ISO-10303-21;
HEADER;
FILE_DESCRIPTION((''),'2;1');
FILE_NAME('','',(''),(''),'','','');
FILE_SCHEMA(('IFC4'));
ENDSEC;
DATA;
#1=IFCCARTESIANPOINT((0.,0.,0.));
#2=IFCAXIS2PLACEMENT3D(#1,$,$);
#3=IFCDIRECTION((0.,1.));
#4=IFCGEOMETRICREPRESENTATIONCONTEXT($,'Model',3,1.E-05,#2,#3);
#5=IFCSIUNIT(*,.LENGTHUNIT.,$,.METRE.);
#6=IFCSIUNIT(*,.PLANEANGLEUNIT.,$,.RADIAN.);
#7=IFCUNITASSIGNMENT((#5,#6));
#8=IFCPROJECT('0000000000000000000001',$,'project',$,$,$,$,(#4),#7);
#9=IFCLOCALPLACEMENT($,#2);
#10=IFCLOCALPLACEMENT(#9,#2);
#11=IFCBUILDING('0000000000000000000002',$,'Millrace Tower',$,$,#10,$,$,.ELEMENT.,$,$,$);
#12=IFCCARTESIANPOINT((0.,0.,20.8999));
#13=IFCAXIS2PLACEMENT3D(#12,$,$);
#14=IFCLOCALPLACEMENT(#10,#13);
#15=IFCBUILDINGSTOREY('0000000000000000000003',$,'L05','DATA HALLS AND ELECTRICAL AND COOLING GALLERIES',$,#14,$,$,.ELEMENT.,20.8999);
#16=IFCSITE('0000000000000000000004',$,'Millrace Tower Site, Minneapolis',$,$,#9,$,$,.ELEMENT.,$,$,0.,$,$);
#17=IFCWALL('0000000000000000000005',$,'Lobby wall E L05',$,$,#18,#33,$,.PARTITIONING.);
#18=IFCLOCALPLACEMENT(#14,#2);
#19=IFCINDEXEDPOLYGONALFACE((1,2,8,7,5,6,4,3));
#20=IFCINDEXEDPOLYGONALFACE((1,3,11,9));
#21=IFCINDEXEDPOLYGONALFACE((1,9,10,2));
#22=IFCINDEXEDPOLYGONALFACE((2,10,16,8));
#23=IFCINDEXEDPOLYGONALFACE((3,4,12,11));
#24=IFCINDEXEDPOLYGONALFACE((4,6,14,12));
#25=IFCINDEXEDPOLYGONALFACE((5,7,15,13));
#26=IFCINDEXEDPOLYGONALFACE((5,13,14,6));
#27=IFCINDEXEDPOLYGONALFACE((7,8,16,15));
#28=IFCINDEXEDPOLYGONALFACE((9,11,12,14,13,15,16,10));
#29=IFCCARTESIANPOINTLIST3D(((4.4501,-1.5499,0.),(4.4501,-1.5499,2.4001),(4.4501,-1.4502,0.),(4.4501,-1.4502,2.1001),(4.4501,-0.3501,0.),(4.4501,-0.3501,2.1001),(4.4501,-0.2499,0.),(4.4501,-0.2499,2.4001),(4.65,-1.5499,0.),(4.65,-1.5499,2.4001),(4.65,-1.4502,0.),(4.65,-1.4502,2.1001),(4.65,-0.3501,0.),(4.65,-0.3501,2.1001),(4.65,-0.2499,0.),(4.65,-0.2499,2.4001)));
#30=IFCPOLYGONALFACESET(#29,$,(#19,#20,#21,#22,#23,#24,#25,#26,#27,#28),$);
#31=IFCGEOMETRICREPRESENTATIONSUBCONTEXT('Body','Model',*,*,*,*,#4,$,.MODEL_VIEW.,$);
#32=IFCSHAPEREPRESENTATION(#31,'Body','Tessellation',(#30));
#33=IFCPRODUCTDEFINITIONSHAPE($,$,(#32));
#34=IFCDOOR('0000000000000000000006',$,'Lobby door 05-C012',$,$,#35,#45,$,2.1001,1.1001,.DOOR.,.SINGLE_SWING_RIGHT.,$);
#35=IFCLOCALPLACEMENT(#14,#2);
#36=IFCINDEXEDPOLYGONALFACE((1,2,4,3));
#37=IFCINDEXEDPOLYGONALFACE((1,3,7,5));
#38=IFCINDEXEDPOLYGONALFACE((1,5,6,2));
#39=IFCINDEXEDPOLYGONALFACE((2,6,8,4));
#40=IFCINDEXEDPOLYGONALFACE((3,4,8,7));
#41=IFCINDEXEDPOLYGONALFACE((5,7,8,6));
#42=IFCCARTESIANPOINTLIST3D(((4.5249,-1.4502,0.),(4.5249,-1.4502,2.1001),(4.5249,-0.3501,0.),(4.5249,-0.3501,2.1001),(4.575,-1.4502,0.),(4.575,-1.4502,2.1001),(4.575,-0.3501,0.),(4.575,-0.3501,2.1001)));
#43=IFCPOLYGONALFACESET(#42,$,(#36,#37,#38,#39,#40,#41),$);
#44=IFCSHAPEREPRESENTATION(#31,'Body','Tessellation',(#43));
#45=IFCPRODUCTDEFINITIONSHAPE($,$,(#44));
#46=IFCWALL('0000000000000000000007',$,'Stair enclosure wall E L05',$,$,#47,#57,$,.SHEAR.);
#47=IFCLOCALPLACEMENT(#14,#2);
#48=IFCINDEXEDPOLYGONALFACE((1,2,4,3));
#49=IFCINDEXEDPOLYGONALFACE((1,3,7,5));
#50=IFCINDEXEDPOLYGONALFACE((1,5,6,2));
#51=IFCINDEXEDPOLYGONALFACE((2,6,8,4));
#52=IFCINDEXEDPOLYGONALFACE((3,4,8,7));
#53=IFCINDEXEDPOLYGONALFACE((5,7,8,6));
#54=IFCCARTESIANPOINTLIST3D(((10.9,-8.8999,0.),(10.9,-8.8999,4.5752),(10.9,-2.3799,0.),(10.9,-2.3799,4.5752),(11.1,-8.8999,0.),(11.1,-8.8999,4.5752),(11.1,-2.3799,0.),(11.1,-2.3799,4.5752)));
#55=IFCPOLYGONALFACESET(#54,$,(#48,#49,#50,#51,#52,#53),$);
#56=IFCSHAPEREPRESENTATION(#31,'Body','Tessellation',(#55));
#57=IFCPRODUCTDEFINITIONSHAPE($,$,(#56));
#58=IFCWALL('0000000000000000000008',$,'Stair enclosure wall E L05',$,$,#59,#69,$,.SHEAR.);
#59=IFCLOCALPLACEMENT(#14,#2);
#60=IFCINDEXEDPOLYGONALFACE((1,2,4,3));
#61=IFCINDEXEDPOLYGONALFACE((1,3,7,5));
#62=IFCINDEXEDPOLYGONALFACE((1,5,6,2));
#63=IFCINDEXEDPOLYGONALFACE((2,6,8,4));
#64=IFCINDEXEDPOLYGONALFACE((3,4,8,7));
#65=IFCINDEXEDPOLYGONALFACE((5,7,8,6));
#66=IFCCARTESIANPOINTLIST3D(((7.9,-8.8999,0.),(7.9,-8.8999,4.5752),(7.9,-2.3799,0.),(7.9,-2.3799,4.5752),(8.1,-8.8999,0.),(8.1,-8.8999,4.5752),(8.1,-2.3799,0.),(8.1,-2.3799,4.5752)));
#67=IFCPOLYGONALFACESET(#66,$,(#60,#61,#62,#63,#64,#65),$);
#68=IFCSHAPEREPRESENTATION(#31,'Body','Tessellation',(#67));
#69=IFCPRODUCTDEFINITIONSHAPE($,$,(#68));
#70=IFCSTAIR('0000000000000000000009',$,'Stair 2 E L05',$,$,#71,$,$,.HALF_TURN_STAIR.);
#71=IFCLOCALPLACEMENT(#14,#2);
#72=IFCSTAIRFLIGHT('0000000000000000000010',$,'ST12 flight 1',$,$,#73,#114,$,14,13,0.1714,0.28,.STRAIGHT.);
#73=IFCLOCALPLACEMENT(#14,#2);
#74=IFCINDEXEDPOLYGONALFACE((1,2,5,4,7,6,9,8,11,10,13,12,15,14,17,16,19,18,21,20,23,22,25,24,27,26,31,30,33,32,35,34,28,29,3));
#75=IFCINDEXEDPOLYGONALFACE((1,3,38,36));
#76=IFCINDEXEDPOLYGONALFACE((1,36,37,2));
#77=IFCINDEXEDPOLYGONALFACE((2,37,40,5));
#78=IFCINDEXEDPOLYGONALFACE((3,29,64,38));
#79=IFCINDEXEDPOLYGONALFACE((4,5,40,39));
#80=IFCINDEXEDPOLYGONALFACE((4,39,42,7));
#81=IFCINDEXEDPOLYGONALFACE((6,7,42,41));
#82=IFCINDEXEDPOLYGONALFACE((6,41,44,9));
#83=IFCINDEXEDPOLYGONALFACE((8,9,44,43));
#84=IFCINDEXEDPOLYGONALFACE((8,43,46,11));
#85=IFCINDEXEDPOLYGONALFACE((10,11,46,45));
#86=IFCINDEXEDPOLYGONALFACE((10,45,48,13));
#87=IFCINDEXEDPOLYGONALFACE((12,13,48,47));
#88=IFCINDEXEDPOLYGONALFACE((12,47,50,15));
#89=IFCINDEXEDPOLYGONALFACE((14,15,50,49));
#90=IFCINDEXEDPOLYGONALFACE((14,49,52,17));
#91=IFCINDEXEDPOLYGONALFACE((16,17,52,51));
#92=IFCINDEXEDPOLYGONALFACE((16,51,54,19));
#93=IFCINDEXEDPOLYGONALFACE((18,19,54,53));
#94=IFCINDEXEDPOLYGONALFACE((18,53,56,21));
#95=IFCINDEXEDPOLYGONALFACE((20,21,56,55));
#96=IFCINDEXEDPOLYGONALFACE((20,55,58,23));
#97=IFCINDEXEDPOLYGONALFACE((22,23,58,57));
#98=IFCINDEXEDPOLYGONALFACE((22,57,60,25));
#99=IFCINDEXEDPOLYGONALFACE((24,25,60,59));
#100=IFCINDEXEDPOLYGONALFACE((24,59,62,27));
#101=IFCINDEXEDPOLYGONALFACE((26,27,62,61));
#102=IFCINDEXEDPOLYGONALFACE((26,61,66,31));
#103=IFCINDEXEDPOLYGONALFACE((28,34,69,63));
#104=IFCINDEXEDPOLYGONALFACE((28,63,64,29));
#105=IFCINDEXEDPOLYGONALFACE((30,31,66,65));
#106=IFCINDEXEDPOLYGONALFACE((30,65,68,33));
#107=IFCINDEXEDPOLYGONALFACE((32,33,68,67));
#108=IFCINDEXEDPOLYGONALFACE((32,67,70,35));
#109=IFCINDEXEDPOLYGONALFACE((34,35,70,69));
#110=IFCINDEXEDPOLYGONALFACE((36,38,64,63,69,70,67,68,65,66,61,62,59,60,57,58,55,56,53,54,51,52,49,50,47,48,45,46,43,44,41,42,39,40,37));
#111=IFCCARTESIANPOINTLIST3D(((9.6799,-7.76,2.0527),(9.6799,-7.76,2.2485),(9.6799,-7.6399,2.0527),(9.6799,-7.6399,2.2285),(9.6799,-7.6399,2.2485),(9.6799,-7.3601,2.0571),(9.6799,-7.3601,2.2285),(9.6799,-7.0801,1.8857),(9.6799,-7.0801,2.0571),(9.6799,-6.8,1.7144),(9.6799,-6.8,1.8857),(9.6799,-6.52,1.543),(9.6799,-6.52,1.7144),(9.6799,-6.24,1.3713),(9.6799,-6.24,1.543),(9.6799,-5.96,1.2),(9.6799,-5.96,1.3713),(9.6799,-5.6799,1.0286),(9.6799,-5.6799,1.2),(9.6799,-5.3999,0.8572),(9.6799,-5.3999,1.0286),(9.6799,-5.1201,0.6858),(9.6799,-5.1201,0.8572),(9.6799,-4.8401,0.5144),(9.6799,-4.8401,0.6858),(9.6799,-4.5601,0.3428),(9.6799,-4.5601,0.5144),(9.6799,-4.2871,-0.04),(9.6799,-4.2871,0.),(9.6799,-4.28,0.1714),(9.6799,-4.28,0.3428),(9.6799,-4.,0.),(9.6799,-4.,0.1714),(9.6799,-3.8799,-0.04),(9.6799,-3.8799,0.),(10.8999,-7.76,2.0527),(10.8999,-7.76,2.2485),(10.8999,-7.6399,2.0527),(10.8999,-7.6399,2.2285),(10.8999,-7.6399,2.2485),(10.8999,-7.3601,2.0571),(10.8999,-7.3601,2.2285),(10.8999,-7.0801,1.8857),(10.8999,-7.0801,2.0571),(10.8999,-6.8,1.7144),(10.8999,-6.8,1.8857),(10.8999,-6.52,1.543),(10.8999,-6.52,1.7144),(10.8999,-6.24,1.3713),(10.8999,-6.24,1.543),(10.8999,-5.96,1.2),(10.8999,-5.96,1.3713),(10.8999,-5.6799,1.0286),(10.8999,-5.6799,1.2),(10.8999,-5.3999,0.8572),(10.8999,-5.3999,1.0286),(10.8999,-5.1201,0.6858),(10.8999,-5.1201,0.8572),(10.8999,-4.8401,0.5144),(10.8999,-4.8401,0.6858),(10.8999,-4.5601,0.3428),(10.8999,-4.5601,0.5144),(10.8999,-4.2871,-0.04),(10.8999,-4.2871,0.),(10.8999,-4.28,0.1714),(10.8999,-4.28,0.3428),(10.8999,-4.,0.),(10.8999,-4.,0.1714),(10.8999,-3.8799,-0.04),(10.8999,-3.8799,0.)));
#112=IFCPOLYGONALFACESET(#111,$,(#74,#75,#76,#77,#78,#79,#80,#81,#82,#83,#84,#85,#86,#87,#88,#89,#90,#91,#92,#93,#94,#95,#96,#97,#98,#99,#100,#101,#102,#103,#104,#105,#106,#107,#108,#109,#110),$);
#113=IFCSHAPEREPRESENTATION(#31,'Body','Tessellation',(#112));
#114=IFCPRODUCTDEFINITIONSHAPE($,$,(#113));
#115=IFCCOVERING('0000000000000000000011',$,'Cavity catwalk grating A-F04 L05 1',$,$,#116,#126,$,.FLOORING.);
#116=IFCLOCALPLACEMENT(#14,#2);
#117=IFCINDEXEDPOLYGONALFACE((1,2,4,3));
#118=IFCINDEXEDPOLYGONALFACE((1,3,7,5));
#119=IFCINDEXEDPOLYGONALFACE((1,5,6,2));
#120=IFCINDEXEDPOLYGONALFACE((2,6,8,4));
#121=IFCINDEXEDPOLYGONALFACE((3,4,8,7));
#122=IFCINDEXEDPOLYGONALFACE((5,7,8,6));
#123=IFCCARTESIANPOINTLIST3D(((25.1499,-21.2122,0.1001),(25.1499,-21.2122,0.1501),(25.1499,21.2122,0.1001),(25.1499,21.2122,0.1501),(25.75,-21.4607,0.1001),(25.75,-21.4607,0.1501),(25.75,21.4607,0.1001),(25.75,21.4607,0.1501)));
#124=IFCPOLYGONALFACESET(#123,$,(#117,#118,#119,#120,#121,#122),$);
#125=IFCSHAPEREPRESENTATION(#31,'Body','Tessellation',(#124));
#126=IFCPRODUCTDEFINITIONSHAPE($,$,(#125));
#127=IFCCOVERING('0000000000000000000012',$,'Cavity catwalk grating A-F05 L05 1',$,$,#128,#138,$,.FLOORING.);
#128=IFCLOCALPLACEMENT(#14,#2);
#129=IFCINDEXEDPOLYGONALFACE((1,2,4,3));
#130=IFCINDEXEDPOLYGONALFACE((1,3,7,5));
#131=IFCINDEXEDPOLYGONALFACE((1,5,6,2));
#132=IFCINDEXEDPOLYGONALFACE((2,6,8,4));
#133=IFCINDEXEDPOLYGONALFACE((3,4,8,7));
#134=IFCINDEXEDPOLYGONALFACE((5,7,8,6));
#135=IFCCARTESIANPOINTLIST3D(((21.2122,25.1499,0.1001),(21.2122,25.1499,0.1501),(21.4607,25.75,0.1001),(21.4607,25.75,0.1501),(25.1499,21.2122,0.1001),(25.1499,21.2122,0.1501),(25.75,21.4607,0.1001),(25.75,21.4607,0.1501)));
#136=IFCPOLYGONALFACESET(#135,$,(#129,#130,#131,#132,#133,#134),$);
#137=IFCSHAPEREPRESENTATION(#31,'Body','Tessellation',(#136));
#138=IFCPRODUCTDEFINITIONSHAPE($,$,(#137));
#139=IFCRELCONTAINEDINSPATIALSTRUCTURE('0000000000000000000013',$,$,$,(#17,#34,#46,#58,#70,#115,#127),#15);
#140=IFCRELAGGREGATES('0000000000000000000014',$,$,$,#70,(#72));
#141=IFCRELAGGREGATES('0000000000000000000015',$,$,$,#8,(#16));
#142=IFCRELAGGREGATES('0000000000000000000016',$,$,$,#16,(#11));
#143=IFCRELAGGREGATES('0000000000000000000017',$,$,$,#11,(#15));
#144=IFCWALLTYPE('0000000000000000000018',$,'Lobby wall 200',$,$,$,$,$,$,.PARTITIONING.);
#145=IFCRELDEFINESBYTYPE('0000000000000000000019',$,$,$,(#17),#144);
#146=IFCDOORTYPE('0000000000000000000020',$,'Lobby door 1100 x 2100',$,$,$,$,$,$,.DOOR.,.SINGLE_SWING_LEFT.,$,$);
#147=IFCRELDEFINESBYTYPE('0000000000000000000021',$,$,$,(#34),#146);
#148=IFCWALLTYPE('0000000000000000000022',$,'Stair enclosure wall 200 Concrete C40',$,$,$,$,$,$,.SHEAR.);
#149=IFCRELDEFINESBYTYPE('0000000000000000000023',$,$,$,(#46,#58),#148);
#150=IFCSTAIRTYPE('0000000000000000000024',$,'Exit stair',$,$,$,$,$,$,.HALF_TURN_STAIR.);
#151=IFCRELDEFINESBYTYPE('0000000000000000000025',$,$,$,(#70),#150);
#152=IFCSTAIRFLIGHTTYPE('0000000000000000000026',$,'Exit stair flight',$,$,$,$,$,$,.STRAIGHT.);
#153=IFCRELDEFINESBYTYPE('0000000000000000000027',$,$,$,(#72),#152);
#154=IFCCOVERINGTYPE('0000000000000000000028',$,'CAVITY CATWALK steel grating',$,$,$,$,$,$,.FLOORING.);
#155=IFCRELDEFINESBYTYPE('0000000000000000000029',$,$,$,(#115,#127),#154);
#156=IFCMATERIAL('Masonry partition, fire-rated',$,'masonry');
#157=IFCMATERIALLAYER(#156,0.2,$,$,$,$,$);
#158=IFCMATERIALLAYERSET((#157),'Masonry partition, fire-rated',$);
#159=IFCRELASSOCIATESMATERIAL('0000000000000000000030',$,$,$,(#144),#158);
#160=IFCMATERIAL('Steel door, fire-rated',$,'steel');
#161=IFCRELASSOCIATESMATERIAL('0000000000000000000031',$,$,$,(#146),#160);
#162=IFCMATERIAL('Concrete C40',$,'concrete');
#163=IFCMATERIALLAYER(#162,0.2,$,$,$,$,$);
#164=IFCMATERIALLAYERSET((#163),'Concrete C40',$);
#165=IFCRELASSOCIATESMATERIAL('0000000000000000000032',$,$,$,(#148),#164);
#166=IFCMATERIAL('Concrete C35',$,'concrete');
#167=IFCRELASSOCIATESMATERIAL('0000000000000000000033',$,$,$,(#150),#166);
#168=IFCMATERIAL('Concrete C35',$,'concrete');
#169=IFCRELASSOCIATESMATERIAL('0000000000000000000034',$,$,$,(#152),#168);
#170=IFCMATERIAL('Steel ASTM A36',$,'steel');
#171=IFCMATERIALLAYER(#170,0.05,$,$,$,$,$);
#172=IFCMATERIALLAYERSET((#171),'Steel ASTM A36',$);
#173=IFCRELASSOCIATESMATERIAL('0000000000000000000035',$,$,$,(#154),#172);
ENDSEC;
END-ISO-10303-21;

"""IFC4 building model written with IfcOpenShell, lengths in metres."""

from ifc_helpers import new_model, si_unit, direction, frame, frame_2d, origin, place, context, subcontext, project, spatial, polyline, rectangle, outline, extrude, material, layer, layer_set, type_object, element, fill, aggregate, save


model = new_model("IFC4")

# Units and contexts
model_context = context("Model", 3, precision=1e-05, world=origin(), true_north=direction((0.0, 1.0)))
body_context = subcontext(model_context, "Body", "Model", "MODEL_VIEW")
ifc_project = project(units=[si_unit("LENGTHUNIT", "METRE"), si_unit("PLANEANGLEUNIT", "RADIAN")], contexts=[model_context])

# Site, building, storey
site_placement = place(None, origin())
site = spatial("IfcSite", under=ifc_project, at=site_placement, Name="Millrace Tower Site, Minneapolis", CompositionType="ELEMENT", RefElevation=0.0)
building_placement = place(site_placement, origin())
building = spatial("IfcBuilding", under=site, at=building_placement, Name="Millrace Tower", CompositionType="ELEMENT")
storey_placement = place(building_placement, frame((0.0, 0.0, 20.8999)))
storey = spatial("IfcBuildingStorey", under=building, at=storey_placement, Name="L05", Description="DATA HALLS AND ELECTRICAL AND COOLING GALLERIES", CompositionType="ELEMENT", Elevation=20.8999)

# Shared definitions
placement_1 = place(storey_placement, origin())

# Wall, opening, door
ifc_material_1 = material(Name="Masonry partition, fire-rated", Category="masonry")
ifc_layer_1 = layer(ifc_material_1, 0.2)
ifc_layer_set_1 = layer_set([ifc_layer_1], Name="Masonry partition, fire-rated")
wall_type_1 = type_object("IfcWallType", Name="Lobby wall 200", PredefinedType="PARTITIONING", material=ifc_layer_set_1)
wall_1_placement = place(storey_placement, frame((4.55, -0.25, 0.0), z_axis=(0.0, 0.0, 1.0), x_axis=(0.0, -1.0, 0.0)))
wall_1 = element("IfcWall", 1, at=wall_1_placement, inside=storey, type_object=wall_type_1, Name="Lobby wall E L05", PredefinedType="PARTITIONING", context=body_context, shape_type="SweptSolid", body=[
    extrude(rectangle(XDim=1.3, YDim=0.2, at=frame_2d((0.6499, 0.0))), origin(), (0.0, 0.0, 1.0), 2.4001),
])
opening_placement = place(wall_1_placement, frame((0.1001, 0.0, 0.0)))
opening = element("IfcOpeningElement", 2, at=opening_placement, cuts=wall_1, PredefinedType="OPENING", context=body_context, shape_type="SweptSolid", body=[
    extrude(rectangle(XDim=1.1001, YDim=2.1001, at=frame_2d((0.55, 1.05))), frame((0.0, 0.1099, 0.0), z_axis=(0.0, -1.0, 0.0), x_axis=(1.0, 0.0, 0.0)), (0.0, 0.0, 1.0), 0.22),
])
ifc_material_2 = material(Name="Steel door, fire-rated", Category="steel")
door_type = type_object("IfcDoorType", Name="Lobby door 1100 x 2100", OperationType="SINGLE_SWING_LEFT", PredefinedType="DOOR", material=ifc_material_2)
door_placement = place(opening_placement, origin())
door = element("IfcDoor", 3, at=door_placement, inside=storey, type_object=door_type, Name="Lobby door 05-C012", OperationType="SINGLE_SWING_RIGHT", OverallHeight=2.1001, OverallWidth=1.1001, PredefinedType="DOOR", context=body_context, shape_type="SweptSolid", body=[
    extrude(rectangle(XDim=1.1001, YDim=2.1001, at=frame_2d((0.55, 1.05))), frame((0.0, 0.0249, 0.0), z_axis=(0.0, -1.0, 0.0), x_axis=(1.0, 0.0, 0.0)), (0.0, 0.0, 1.0), 0.05),
])
fill(opening, door)

# Walls
ifc_material_3 = material(Name="Concrete C40", Category="concrete")
ifc_layer_2 = layer(ifc_material_3, 0.2)
ifc_layer_set_2 = layer_set([ifc_layer_2], Name="Concrete C40")
wall_type_2 = type_object("IfcWallType", Name="Stair enclosure wall 200 Concrete C40", PredefinedType="SHEAR", material=ifc_layer_set_2)
for number, where, z_axis, x_axis, name in (
    (4, (11.0, -2.3799, 0.0), (0.0, 0.0, 1.0), (0.0, -1.0, 0.0), "Stair enclosure wall E L05"),
    (5, (8.0, -2.3799, 0.0), (0.0, 0.0, 1.0), (0.0, -1.0, 0.0), "Stair enclosure wall E L05"),
):
    element("IfcWall", number, at=place(storey_placement, frame(where, z_axis=z_axis, x_axis=x_axis)), inside=storey, type_object=wall_type_2, Name=name, PredefinedType="SHEAR", context=body_context, shape_type="SweptSolid", body=[
        extrude(rectangle(XDim=6.52, YDim=0.2, at=frame_2d((3.26, 0.0))), origin(), (0.0, 0.0, 1.0), 4.5752),
    ])

# Stair, stair flight
ifc_material_4 = material(Name="Concrete C35", Category="concrete")
stair_type = type_object("IfcStairType", Name="Exit stair", PredefinedType="HALF_TURN_STAIR", material=ifc_material_4)
stair = element("IfcStair", 6, at=placement_1, inside=storey, type_object=stair_type, Name="Stair 2 E L05", PredefinedType="HALF_TURN_STAIR")
ifc_material_5 = material(Name="Concrete C35", Category="concrete")
stair_flight_type = type_object("IfcStairFlightType", Name="Exit stair flight", PredefinedType="STRAIGHT", material=ifc_material_5)
stair_flight_placement = place(storey_placement, frame((10.29, -4.0, 0.0), z_axis=(0.0, 0.0, 1.0), x_axis=(0.0, -1.0, 0.0)))
stair_flight = element("IfcStairFlight", 7, at=stair_flight_placement, type_object=stair_flight_type, Name="ST12 flight 1", NumberOfRisers=14, NumberOfTreads=13, PredefinedType="STRAIGHT", RiserHeight=0.1714, TreadLength=0.28, context=body_context, shape_type="SweptSolid", body=[
    extrude(outline(polyline([(-0.1201, -0.04), (-0.1201, 0.0), (0.0, 0.0), (0.0, 0.1714), (0.28, 0.1714), (0.28, 0.3428), (0.5601, 0.3428), (0.5601, 0.5144), (0.8401, 0.5144), (0.8401, 0.6858), (1.1201, 0.6858), (1.1201, 0.8572), (1.3999, 0.8572), (1.3999, 1.0286), (1.6799, 1.0286), (1.6799, 1.2), (1.96, 1.2), (1.96, 1.3713), (2.24, 1.3713), (2.24, 1.543), (2.52, 1.543), (2.52, 1.7144), (2.8, 1.7144), (2.8, 1.8857), (3.0801, 1.8857), (3.0801, 2.0571), (3.3601, 2.0571), (3.3601, 2.2285), (3.6399, 2.2285), (3.6399, 2.2485), (3.76, 2.2485), (3.76, 2.0527), (3.6399, 2.0527), (0.2871, 0.0), (0.2871, -0.04), (-0.1201, -0.04)])), frame((0.0, 0.6099, 0.0), z_axis=(0.0, -1.0, 0.0), x_axis=(1.0, 0.0, 0.0)), (0.0, 0.0, 1.0), 1.22),
])
aggregate(stair, [stair_flight])

# Coverings
ifc_material_6 = material(Name="Steel ASTM A36", Category="steel")
ifc_layer_3 = layer(ifc_material_6, 0.05)
ifc_layer_set_3 = layer_set([ifc_layer_3], Name="Steel ASTM A36")
covering_type = type_object("IfcCoveringType", Name="CAVITY CATWALK steel grating", PredefinedType="FLOORING", material=ifc_layer_set_3)
placement_2 = place(storey_placement, frame((0.0, 0.0, 0.1001)))
element("IfcCovering", 8, at=placement_2, inside=storey, type_object=covering_type, Name="Cavity catwalk grating A-F04 L05 1", PredefinedType="FLOORING", context=body_context, shape_type="SweptSolid", body=[
    extrude(outline(polyline([(25.75, -21.4607), (25.75, 21.4607), (25.1499, 21.2122), (25.1499, -21.2122), (25.75, -21.4607)])), origin(), (0.0, 0.0, 1.0), 0.05),
])
element("IfcCovering", 9, at=placement_2, inside=storey, type_object=covering_type, Name="Cavity catwalk grating A-F05 L05 1", PredefinedType="FLOORING", context=body_context, shape_type="SweptSolid", body=[
    extrude(outline(polyline([(25.75, 21.4607), (21.4607, 25.75), (21.2122, 25.1499), (25.1499, 21.2122), (25.75, 21.4607)])), origin(), (0.0, 0.0, 1.0), 0.05),
])

save(model, "model.ifc")
